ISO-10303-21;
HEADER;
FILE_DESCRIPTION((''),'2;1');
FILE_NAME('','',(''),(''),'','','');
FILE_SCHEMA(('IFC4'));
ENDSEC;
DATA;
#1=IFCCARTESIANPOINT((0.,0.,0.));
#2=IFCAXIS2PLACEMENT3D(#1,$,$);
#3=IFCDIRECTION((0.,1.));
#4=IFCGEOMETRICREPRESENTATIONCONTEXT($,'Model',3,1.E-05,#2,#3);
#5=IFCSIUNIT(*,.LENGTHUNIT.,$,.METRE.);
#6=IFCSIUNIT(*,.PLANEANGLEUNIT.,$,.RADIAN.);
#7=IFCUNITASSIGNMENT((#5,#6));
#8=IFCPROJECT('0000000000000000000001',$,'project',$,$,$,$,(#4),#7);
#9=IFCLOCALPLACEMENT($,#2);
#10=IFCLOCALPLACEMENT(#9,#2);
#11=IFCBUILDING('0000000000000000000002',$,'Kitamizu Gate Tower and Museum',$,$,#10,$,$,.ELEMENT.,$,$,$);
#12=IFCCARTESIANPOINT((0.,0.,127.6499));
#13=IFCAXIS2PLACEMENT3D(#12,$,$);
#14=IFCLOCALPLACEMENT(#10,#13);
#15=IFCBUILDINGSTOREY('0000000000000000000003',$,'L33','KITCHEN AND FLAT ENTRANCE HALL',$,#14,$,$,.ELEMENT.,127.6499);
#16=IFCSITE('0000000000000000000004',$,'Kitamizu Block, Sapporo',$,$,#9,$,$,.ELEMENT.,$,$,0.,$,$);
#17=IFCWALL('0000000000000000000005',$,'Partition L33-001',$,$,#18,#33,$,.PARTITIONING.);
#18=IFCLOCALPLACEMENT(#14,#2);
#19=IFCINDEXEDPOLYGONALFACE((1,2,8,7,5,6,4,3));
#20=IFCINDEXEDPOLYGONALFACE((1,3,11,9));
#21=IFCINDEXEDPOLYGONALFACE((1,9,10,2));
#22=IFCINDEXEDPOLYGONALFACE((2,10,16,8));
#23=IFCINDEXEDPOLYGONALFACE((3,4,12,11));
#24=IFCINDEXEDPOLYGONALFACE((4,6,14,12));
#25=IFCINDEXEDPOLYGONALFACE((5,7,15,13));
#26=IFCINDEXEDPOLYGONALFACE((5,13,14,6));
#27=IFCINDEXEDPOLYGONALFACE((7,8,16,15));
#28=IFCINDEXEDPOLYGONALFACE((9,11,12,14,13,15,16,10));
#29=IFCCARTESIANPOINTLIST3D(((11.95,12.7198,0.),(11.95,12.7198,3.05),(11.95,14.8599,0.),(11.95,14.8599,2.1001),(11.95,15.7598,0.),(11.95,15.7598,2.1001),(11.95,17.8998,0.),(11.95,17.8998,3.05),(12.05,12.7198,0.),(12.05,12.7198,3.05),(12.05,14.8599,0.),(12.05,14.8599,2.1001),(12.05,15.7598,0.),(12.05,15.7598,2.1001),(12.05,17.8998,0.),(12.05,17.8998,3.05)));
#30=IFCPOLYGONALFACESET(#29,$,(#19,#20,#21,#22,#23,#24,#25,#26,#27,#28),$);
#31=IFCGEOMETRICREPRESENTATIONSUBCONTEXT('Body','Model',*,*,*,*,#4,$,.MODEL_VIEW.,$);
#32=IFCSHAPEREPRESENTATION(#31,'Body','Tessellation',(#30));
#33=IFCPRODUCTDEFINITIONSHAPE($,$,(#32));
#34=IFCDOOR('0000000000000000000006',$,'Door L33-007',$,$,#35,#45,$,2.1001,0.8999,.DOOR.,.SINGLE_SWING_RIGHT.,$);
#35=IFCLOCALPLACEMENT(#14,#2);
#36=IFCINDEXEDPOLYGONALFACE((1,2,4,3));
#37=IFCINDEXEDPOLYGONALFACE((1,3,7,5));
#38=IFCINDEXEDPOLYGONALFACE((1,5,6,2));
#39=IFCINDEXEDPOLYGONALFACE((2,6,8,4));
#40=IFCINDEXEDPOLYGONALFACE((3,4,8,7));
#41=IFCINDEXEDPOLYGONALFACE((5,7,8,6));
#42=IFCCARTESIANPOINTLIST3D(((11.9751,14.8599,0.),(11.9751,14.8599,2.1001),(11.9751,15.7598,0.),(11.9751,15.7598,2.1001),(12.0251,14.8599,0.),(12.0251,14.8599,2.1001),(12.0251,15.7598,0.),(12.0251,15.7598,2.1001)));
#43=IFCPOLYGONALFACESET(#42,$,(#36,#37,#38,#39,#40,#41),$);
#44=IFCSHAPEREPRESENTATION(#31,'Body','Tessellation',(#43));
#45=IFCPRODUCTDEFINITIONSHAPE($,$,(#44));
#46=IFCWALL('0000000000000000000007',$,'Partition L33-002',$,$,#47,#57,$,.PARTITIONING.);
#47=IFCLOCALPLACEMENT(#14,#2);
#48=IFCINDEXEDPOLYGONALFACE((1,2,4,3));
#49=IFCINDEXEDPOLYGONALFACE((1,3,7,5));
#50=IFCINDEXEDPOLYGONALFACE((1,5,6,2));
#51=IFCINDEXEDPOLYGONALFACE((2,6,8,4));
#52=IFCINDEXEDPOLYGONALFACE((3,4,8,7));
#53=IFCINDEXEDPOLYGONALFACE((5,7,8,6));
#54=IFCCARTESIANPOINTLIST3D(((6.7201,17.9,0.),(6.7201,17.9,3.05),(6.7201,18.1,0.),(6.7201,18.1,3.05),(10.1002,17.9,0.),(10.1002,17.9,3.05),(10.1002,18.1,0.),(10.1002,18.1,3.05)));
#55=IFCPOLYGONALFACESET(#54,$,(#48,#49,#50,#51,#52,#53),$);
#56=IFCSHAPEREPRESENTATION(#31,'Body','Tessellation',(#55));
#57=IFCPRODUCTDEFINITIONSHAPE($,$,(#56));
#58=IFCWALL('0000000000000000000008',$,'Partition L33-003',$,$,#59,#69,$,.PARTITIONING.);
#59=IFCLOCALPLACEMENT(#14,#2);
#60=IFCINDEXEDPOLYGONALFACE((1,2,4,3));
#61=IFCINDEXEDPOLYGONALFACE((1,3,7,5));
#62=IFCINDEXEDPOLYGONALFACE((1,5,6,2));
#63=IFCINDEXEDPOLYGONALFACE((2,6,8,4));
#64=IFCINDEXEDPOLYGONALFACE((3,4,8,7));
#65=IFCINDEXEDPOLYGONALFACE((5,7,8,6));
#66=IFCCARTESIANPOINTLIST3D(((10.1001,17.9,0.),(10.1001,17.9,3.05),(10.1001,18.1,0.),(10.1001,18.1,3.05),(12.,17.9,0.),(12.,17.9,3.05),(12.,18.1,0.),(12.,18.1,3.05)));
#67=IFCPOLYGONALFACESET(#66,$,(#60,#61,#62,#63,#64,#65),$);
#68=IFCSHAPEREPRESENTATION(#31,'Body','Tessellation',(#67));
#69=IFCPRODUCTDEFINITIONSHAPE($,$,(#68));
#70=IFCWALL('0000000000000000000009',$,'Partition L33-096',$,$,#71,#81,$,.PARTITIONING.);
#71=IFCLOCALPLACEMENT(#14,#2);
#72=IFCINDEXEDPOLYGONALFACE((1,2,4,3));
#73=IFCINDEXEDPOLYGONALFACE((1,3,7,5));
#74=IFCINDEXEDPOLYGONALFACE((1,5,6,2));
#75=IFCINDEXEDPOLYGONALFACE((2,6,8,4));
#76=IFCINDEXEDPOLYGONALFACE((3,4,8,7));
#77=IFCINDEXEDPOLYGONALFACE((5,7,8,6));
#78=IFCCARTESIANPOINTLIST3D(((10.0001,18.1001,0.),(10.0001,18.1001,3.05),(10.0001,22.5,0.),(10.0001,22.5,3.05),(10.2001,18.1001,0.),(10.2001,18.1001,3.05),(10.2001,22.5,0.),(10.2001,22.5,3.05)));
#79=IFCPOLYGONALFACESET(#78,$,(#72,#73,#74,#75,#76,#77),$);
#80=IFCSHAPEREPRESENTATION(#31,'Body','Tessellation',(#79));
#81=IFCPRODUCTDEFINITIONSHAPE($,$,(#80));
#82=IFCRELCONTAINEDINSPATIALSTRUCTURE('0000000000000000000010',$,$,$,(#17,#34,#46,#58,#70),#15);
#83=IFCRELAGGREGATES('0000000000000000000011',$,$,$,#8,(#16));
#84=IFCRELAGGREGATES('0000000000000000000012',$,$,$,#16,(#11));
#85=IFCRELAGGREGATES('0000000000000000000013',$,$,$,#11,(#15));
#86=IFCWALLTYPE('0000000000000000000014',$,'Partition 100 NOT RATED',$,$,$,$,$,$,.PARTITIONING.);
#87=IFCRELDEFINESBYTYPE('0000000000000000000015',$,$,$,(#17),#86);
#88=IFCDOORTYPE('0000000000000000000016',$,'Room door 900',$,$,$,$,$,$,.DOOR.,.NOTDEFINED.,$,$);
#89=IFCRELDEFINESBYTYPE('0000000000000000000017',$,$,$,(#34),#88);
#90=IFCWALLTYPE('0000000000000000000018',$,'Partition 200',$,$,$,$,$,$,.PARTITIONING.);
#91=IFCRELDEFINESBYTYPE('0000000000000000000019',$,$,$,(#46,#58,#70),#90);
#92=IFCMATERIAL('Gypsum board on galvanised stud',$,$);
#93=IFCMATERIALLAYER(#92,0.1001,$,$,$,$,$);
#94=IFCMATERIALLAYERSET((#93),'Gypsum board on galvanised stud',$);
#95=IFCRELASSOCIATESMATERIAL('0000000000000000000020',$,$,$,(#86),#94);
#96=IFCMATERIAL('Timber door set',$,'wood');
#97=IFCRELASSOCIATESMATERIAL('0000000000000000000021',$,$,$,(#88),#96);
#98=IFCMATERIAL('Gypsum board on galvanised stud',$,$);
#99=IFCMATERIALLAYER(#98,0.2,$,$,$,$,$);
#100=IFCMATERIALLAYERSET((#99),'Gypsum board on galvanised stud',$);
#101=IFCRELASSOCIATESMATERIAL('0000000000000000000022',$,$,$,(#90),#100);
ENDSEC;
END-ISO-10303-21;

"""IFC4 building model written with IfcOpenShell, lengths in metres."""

from ifc_helpers import new_model, si_unit, direction, frame, frame_2d, origin, place, context, subcontext, project, spatial, rectangle, extrude, material, layer, layer_set, type_object, element, fill, save


model = new_model("IFC4")

# Units and contexts
model_context = context("Model", 3, precision=1e-05, world=origin(), true_north=direction((0.0, 1.0)))
body_context = subcontext(model_context, "Body", "Model", "MODEL_VIEW")
ifc_project = project(units=[si_unit("LENGTHUNIT", "METRE"), si_unit("PLANEANGLEUNIT", "RADIAN")], contexts=[model_context])

# Site, building, storey
site_placement = place(None, origin())
site = spatial("IfcSite", under=ifc_project, at=site_placement, Name="Kitamizu Block, Sapporo", CompositionType="ELEMENT", RefElevation=0.0)
building_placement = place(site_placement, origin())
building = spatial("IfcBuilding", under=site, at=building_placement, Name="Kitamizu Gate Tower and Museum", CompositionType="ELEMENT")
storey_placement = place(building_placement, frame((0.0, 0.0, 127.6499)))
storey = spatial("IfcBuildingStorey", under=building, at=storey_placement, Name="L33", Description="KITCHEN AND FLAT ENTRANCE HALL", CompositionType="ELEMENT", Elevation=127.6499)

# Wall, opening, door
ifc_material_1 = material(Name="Gypsum board on galvanised stud")
ifc_layer_1 = layer(ifc_material_1, 0.1001)
ifc_layer_set_1 = layer_set([ifc_layer_1], Name="Gypsum board on galvanised stud")
wall_type_1 = type_object("IfcWallType", Name="Partition 100 NOT RATED", PredefinedType="PARTITIONING", material=ifc_layer_set_1)
wall_1_placement = place(storey_placement, frame((12.0, 12.72, 0.0), z_axis=(0.0, 0.0, 1.0), x_axis=(0.0, 1.0, 0.0)))
wall_1 = element("IfcWall", 1, at=wall_1_placement, inside=storey, type_object=wall_type_1, Name="Partition L33-001", PredefinedType="PARTITIONING", context=body_context, shape_type="SweptSolid", body=[
    extrude(rectangle(XDim=5.1799, YDim=0.1001, at=frame_2d((2.5898, 0.0))), origin(), (0.0, 0.0, 1.0), 3.05),
])
opening_placement = place(wall_1_placement, frame((2.1399, 0.0, 0.0)))
opening = element("IfcOpeningElement", 2, at=opening_placement, cuts=wall_1, PredefinedType="OPENING", context=body_context, shape_type="SweptSolid", body=[
    extrude(rectangle(XDim=0.8999, YDim=2.1001, at=frame_2d((0.45, 1.05))), frame((0.0, 0.0601, 0.0), z_axis=(0.0, -1.0, 0.0), x_axis=(1.0, 0.0, 0.0)), (0.0, 0.0, 1.0), 0.1201),
])
ifc_material_2 = material(Name="Timber door set", Category="wood")
door_type = type_object("IfcDoorType", Name="Room door 900", OperationType="NOTDEFINED", PredefinedType="DOOR", material=ifc_material_2)
door_placement = place(opening_placement, origin())
door = element("IfcDoor", 3, at=door_placement, inside=storey, type_object=door_type, Name="Door L33-007", OperationType="SINGLE_SWING_RIGHT", OverallHeight=2.1001, OverallWidth=0.8999, PredefinedType="DOOR", context=body_context, shape_type="SweptSolid", body=[
    extrude(rectangle(XDim=0.8999, YDim=2.1001, at=frame_2d((0.45, 1.05))), frame((0.0, 0.0249, 0.0), z_axis=(0.0, -1.0, 0.0), x_axis=(1.0, 0.0, 0.0)), (0.0, 0.0, 1.0), 0.05),
])
fill(opening, door)

# Walls
ifc_material_3 = material(Name="Gypsum board on galvanised stud")
ifc_layer_2 = layer(ifc_material_3, 0.2)
ifc_layer_set_2 = layer_set([ifc_layer_2], Name="Gypsum board on galvanised stud")
wall_type_2 = type_object("IfcWallType", Name="Partition 200", PredefinedType="PARTITIONING", material=ifc_layer_set_2)
wall_2_placement = place(storey_placement, frame((10.1001, 18.0, 0.0), z_axis=(0.0, 0.0, 1.0), x_axis=(-1.0, 0.0, 0.0)))
element("IfcWall", 4, at=wall_2_placement, inside=storey, type_object=wall_type_2, Name="Partition L33-002", PredefinedType="PARTITIONING", context=body_context, shape_type="SweptSolid", body=[
    extrude(rectangle(XDim=3.3801, YDim=0.2, at=frame_2d((1.6899, 0.0))), origin(), (0.0, 0.0, 1.0), 3.05),
])
wall_3_placement = place(storey_placement, frame((12.0, 18.0, 0.0), z_axis=(0.0, 0.0, 1.0), x_axis=(-1.0, 0.0, 0.0)))
element("IfcWall", 5, at=wall_3_placement, inside=storey, type_object=wall_type_2, Name="Partition L33-003", PredefinedType="PARTITIONING", context=body_context, shape_type="SweptSolid", body=[
    extrude(rectangle(XDim=1.8999, YDim=0.2, at=frame_2d((0.95, 0.0))), origin(), (0.0, 0.0, 1.0), 3.05),
])
wall_4_placement = place(storey_placement, frame((10.1001, 18.1001, 0.0), z_axis=(0.0, 0.0, 1.0), x_axis=(0.0, 1.0, 0.0)))
element("IfcWall", 6, at=wall_4_placement, inside=storey, type_object=wall_type_2, Name="Partition L33-096", PredefinedType="PARTITIONING", context=body_context, shape_type="SweptSolid", body=[
    extrude(rectangle(XDim=4.3999, YDim=0.2, at=frame_2d((2.2, 0.0))), origin(), (0.0, 0.0, 1.0), 3.05),
])

save(model, "model.ifc")
